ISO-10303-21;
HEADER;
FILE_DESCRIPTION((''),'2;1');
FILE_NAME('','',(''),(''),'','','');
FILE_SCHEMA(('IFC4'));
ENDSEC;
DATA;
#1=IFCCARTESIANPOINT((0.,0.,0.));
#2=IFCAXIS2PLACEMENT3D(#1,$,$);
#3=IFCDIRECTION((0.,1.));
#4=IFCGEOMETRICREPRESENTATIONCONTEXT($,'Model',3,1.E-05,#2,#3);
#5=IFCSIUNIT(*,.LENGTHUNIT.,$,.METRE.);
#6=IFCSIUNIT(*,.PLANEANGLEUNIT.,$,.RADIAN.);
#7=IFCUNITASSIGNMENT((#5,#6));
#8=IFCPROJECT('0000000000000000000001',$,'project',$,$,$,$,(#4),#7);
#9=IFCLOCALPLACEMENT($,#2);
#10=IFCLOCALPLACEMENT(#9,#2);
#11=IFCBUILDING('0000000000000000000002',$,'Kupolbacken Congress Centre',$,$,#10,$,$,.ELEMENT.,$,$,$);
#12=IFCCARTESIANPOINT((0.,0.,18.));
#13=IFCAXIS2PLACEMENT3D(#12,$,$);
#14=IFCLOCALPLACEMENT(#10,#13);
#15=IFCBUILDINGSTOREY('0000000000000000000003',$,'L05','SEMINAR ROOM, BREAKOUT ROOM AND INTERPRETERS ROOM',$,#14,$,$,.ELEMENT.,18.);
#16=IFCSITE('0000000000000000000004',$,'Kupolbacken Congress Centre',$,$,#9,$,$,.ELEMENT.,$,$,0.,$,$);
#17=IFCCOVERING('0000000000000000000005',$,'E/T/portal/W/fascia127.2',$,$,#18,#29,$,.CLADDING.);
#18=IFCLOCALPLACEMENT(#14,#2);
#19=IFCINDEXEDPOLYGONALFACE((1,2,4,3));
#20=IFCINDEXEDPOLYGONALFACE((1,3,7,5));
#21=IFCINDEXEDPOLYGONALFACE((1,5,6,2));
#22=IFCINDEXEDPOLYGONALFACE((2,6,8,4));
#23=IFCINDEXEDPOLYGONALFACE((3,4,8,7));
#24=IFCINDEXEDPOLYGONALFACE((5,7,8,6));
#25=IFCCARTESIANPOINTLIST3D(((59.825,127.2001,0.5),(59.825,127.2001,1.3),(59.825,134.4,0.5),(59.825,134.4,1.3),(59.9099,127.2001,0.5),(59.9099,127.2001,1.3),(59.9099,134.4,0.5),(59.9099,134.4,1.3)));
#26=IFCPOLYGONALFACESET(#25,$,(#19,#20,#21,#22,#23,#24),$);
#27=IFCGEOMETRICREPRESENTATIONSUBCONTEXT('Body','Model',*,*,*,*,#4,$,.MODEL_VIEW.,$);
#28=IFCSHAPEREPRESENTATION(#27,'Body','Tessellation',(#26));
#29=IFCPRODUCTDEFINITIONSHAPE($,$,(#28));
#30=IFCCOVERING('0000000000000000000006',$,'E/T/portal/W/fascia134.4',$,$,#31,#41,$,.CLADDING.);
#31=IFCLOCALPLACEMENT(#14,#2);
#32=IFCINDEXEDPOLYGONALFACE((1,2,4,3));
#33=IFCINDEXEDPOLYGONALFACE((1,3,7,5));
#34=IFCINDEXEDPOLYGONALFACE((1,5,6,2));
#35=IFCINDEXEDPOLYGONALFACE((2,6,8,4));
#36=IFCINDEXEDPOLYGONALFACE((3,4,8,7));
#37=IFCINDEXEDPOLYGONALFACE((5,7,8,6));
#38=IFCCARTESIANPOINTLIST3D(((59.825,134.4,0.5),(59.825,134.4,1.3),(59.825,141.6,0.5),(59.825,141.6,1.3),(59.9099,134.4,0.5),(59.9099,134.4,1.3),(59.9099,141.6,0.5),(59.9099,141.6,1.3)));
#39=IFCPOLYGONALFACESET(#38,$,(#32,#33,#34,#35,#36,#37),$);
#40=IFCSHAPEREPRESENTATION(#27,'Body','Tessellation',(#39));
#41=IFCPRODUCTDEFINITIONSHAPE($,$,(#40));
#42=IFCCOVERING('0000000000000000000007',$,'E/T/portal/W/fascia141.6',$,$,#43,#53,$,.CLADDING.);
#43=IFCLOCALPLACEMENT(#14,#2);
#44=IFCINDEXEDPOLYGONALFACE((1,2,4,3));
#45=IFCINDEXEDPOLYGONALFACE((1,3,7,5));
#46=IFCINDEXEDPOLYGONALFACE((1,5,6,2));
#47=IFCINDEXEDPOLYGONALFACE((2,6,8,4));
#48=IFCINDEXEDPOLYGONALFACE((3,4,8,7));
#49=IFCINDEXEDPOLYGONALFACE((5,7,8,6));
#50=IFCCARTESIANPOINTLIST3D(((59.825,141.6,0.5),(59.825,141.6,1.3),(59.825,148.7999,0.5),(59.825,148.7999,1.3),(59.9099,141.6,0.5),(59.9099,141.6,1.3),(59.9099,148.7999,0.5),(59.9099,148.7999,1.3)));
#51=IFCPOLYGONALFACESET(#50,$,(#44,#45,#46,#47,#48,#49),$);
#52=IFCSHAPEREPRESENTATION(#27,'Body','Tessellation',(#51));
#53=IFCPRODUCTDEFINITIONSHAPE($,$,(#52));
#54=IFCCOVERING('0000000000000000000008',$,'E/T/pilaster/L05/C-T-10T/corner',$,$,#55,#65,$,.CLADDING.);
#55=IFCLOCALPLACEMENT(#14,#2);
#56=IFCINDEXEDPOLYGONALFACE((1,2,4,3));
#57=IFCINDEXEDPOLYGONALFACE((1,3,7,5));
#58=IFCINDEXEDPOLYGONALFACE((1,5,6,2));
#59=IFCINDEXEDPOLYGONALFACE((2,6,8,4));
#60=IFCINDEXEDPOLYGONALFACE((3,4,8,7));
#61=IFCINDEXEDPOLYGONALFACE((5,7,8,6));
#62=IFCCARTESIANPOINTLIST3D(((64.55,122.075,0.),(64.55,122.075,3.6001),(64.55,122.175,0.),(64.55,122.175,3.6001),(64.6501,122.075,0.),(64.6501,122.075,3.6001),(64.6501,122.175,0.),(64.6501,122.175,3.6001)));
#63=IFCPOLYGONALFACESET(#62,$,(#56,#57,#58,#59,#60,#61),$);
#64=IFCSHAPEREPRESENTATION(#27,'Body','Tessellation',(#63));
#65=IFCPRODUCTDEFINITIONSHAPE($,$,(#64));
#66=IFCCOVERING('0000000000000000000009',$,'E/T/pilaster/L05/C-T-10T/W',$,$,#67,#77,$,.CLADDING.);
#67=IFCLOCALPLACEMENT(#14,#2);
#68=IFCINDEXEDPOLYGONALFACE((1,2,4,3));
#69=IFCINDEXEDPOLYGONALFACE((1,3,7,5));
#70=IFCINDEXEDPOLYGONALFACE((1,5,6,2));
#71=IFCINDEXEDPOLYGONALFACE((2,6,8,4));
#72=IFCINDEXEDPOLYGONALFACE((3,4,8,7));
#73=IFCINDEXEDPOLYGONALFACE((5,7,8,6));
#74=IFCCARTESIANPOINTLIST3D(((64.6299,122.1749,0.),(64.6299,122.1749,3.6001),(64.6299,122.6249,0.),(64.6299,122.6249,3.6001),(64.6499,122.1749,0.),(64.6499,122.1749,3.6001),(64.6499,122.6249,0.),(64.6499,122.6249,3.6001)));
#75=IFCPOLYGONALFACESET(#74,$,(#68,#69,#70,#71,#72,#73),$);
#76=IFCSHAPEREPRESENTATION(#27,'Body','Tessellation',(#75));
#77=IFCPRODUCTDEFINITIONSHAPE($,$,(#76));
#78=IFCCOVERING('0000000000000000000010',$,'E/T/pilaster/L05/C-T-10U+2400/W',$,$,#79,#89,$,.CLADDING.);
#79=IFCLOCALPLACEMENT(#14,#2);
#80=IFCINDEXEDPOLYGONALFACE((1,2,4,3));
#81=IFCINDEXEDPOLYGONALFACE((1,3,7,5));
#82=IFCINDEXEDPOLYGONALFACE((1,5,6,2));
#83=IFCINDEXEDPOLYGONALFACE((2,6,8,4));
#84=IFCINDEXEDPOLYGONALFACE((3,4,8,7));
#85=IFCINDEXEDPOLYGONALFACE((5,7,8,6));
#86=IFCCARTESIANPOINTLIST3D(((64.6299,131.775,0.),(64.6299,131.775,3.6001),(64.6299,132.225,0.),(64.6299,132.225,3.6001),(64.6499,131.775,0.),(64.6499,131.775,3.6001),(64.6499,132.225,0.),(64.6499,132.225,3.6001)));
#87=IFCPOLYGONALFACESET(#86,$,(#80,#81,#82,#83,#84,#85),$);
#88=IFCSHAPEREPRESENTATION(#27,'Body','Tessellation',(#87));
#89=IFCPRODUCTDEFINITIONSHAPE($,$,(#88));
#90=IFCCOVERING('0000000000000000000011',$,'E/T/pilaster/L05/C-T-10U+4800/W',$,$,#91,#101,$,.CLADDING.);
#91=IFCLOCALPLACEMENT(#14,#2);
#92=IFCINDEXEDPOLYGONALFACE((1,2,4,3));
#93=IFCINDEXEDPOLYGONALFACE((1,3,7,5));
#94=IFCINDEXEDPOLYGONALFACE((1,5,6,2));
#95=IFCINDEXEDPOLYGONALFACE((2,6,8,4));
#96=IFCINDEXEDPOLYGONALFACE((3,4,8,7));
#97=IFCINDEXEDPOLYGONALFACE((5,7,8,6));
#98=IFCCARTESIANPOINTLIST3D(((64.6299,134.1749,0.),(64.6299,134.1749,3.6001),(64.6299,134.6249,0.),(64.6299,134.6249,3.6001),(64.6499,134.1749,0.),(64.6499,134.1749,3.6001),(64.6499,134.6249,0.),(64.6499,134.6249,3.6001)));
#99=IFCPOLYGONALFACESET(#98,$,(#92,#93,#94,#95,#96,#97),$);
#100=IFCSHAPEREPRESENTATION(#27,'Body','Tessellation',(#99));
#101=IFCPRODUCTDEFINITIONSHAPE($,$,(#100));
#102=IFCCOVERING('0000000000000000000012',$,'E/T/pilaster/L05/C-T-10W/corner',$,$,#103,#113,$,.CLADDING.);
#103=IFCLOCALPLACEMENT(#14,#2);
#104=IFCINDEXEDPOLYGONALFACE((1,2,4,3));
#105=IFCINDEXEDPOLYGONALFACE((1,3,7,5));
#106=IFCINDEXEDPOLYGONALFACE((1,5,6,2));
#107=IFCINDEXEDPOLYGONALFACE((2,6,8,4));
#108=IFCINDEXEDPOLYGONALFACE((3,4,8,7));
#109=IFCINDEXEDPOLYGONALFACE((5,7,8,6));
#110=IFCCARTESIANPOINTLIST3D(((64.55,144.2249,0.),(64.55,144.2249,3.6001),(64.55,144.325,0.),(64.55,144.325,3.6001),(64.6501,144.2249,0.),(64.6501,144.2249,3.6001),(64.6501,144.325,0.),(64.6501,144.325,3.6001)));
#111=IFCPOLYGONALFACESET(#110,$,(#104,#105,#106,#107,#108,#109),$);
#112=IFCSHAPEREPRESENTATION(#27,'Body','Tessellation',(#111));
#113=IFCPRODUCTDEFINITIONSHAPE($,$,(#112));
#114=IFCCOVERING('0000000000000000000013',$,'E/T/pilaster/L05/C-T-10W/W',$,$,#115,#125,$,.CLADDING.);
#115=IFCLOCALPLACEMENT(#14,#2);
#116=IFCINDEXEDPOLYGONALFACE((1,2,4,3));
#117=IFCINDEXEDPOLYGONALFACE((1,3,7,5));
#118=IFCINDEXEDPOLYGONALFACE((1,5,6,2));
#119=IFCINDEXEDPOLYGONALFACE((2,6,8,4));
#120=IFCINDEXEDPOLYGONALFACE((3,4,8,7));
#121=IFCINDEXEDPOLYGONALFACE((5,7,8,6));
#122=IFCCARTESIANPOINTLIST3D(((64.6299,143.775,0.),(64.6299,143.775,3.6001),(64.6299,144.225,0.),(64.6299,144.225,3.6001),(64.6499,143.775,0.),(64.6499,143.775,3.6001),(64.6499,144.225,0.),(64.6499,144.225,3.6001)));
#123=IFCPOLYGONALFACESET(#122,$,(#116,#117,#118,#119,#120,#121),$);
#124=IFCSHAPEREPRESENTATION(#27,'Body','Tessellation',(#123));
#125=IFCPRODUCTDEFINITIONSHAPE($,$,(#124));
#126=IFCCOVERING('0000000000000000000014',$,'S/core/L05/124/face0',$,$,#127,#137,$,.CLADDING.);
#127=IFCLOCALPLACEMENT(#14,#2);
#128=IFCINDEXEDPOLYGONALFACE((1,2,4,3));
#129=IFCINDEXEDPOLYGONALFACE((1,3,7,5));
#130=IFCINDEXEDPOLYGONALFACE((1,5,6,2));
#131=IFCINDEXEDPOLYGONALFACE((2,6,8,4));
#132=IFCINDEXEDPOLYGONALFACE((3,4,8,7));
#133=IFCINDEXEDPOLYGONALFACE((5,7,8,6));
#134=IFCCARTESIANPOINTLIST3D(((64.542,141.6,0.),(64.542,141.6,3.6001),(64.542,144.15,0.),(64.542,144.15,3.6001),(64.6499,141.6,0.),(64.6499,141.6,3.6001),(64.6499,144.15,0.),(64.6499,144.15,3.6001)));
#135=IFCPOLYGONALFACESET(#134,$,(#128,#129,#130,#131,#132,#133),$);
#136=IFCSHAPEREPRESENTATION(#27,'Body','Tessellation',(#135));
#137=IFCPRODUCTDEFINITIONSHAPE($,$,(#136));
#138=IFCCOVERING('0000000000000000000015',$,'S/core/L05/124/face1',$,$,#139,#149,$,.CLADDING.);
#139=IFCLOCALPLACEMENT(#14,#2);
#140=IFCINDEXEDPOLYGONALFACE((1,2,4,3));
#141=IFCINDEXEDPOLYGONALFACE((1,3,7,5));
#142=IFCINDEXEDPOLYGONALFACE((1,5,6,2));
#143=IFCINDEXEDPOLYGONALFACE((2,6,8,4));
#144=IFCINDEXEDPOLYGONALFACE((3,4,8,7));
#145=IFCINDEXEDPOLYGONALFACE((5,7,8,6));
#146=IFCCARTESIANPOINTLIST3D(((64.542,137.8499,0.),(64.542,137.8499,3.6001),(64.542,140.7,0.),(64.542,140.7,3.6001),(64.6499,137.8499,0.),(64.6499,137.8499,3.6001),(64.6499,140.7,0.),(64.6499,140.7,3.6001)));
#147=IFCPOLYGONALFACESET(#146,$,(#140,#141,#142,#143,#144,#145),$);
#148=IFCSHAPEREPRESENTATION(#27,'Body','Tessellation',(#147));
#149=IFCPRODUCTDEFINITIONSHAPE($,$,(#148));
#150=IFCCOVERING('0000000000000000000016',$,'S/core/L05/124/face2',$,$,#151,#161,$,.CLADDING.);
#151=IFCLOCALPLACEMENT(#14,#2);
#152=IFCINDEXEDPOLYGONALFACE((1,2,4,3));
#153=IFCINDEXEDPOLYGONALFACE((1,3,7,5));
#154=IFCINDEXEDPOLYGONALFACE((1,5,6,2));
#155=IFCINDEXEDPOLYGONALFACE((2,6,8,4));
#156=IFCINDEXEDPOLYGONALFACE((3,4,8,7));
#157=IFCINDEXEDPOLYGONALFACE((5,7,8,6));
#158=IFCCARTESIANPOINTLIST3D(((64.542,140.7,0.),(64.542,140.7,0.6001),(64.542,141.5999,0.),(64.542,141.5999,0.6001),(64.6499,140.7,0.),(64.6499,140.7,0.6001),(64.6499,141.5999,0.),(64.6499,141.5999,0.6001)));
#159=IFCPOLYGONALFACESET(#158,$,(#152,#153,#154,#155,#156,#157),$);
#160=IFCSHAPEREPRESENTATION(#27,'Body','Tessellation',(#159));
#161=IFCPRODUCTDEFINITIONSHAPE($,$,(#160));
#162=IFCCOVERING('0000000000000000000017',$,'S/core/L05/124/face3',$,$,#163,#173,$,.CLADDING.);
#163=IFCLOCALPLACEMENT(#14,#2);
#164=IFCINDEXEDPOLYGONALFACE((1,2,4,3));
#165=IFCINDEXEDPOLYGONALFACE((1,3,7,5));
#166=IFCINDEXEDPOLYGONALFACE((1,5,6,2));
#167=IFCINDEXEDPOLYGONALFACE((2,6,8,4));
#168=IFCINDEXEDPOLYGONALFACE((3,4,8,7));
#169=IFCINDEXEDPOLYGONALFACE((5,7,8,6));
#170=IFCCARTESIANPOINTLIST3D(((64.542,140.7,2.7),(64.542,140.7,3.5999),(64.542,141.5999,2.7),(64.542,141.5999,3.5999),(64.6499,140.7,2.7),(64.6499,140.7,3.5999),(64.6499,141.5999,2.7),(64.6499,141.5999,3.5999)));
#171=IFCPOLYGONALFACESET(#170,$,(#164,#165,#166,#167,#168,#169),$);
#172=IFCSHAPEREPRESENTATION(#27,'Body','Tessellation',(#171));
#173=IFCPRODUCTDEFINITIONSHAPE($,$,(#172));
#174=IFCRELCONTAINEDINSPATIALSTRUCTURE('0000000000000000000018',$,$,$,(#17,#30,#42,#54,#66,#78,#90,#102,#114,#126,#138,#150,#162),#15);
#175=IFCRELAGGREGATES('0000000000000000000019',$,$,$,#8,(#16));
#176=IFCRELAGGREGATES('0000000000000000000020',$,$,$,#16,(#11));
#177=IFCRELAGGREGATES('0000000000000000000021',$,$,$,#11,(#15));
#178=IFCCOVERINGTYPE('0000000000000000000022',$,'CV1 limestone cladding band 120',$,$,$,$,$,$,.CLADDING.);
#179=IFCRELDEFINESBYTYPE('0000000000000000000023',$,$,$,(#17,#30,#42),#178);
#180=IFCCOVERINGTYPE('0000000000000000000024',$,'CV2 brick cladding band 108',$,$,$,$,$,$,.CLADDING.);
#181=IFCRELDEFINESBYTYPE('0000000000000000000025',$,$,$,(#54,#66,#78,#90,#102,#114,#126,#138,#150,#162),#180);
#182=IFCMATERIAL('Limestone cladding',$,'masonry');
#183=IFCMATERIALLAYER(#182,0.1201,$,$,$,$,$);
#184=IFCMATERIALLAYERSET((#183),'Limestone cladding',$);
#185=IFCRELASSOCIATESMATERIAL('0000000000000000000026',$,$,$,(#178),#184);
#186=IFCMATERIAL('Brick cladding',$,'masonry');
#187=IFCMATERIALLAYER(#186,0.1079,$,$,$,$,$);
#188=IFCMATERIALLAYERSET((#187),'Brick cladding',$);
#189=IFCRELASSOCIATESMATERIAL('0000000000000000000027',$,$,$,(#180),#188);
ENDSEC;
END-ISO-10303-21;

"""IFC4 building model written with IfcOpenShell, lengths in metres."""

from ifc_helpers import new_model, si_unit, direction, frame, origin, origin_2d, place, context, subcontext, project, spatial, rectangle, extrude, material, layer, layer_set, type_object, element, save


model = new_model("IFC4")

# Units and contexts
model_context = context("Model", 3, precision=1e-05, world=origin(), true_north=direction((0.0, 1.0)))
body_context = subcontext(model_context, "Body", "Model", "MODEL_VIEW")
ifc_project = project(units=[si_unit("LENGTHUNIT", "METRE"), si_unit("PLANEANGLEUNIT", "RADIAN")], contexts=[model_context])

# Site, building, storey
site_placement = place(None, origin())
site = spatial("IfcSite", under=ifc_project, at=site_placement, Name="Kupolbacken Congress Centre", CompositionType="ELEMENT", RefElevation=0.0)
building_placement = place(site_placement, origin())
building = spatial("IfcBuilding", under=site, at=building_placement, Name="Kupolbacken Congress Centre", CompositionType="ELEMENT")
storey_placement = place(building_placement, frame((0.0, 0.0, 18.0)))
storey = spatial("IfcBuildingStorey", under=building, at=storey_placement, Name="L05", Description="SEMINAR ROOM, BREAKOUT ROOM AND INTERPRETERS ROOM", CompositionType="ELEMENT", Elevation=18.0)

# Coverings
ifc_material_1 = material(Name="Limestone cladding", Category="masonry")
ifc_layer_1 = layer(ifc_material_1, 0.1201)
ifc_layer_set_1 = layer_set([ifc_layer_1], Name="Limestone cladding")
covering_type_1 = type_object("IfcCoveringType", Name="CV1 limestone cladding band 120", PredefinedType="CLADDING", material=ifc_layer_set_1)
for number, where, z_axis, x_axis, name in (
    (1, (59.8674, 130.8, 0.5), (0.0, 0.0, 1.0), (1.0, 0.0, 0.0), "E/T/portal/W/fascia127.2"),
    (2, (59.8674, 138.0, 0.5), (0.0, 0.0, 1.0), (1.0, 0.0, 0.0), "E/T/portal/W/fascia134.4"),
    (3, (59.8674, 145.2, 0.5), (0.0, 0.0, 1.0), (1.0, 0.0, 0.0), "E/T/portal/W/fascia141.6"),
):
    element("IfcCovering", number, at=place(storey_placement, frame(where, z_axis=z_axis, x_axis=x_axis)), inside=storey, type_object=covering_type_1, Name=name, PredefinedType="CLADDING", context=body_context, shape_type="SweptSolid", body=[
        extrude(rectangle(XDim=0.085, YDim=7.2, at=origin_2d()), origin(), (0.0, 0.0, 1.0), 0.8),
    ])
ifc_material_2 = material(Name="Brick cladding", Category="masonry")
ifc_layer_2 = layer(ifc_material_2, 0.1079)
ifc_layer_set_2 = layer_set([ifc_layer_2], Name="Brick cladding")
covering_type_2 = type_object("IfcCoveringType", Name="CV2 brick cladding band 108", PredefinedType="CLADDING", material=ifc_layer_set_2)
covering_1_placement = place(storey_placement, frame((64.6001, 122.125, 0.0), z_axis=(0.0, 0.0, 1.0), x_axis=(1.0, 0.0, 0.0)))
element("IfcCovering", 4, at=covering_1_placement, inside=storey, type_object=covering_type_2, Name="E/T/pilaster/L05/C-T-10T/corner", PredefinedType="CLADDING", context=body_context, shape_type="SweptSolid", body=[
    extrude(rectangle(XDim=0.1001, YDim=0.1001, at=origin_2d()), origin(), (0.0, 0.0, 1.0), 3.6001),
])
for number, where, z_axis, x_axis, name in (
    (5, (64.6399, 122.3999, 0.0), (0.0, 0.0, 1.0), (1.0, 0.0, 0.0), "E/T/pilaster/L05/C-T-10T/W"),
    (6, (64.6399, 132.0, 0.0), (0.0, 0.0, 1.0), (1.0, 0.0, 0.0), "E/T/pilaster/L05/C-T-10U+2400/W"),
    (7, (64.6399, 134.3999, 0.0), (0.0, 0.0, 1.0), (1.0, 0.0, 0.0), "E/T/pilaster/L05/C-T-10U+4800/W"),
):
    element("IfcCovering", number, at=place(storey_placement, frame(where, z_axis=z_axis, x_axis=x_axis)), inside=storey, type_object=covering_type_2, Name=name, PredefinedType="CLADDING", context=body_context, shape_type="SweptSolid", body=[
        extrude(rectangle(XDim=0.02, YDim=0.45, at=origin_2d()), origin(), (0.0, 0.0, 1.0), 3.6001),
    ])
covering_2_placement = place(storey_placement, frame((64.6001, 144.2749, 0.0), z_axis=(0.0, 0.0, 1.0), x_axis=(1.0, 0.0, 0.0)))
element("IfcCovering", 8, at=covering_2_placement, inside=storey, type_object=covering_type_2, Name="E/T/pilaster/L05/C-T-10W/corner", PredefinedType="CLADDING", context=body_context, shape_type="SweptSolid", body=[
    extrude(rectangle(XDim=0.1001, YDim=0.1001, at=origin_2d()), origin(), (0.0, 0.0, 1.0), 3.6001),
])
covering_3_placement = place(storey_placement, frame((64.6399, 144.0, 0.0), z_axis=(0.0, 0.0, 1.0), x_axis=(1.0, 0.0, 0.0)))
element("IfcCovering", 9, at=covering_3_placement, inside=storey, type_object=covering_type_2, Name="E/T/pilaster/L05/C-T-10W/W", PredefinedType="CLADDING", context=body_context, shape_type="SweptSolid", body=[
    extrude(rectangle(XDim=0.02, YDim=0.45, at=origin_2d()), origin(), (0.0, 0.0, 1.0), 3.6001),
])
covering_4_placement = place(storey_placement, frame((64.5959, 142.875, 0.0), z_axis=(0.0, 0.0, 1.0), x_axis=(0.0, -1.0, 0.0)))
element("IfcCovering", 10, at=covering_4_placement, inside=storey, type_object=covering_type_2, Name="S/core/L05/124/face0", PredefinedType="CLADDING", context=body_context, shape_type="SweptSolid", body=[
    extrude(rectangle(XDim=2.55, YDim=0.1079, at=origin_2d()), origin(), (0.0, 0.0, 1.0), 3.6001),
])
covering_5_placement = place(storey_placement, frame((64.5959, 139.2749, 0.0), z_axis=(0.0, 0.0, 1.0), x_axis=(0.0, -1.0, 0.0)))
element("IfcCovering", 11, at=covering_5_placement, inside=storey, type_object=covering_type_2, Name="S/core/L05/124/face1", PredefinedType="CLADDING", context=body_context, shape_type="SweptSolid", body=[
    extrude(rectangle(XDim=2.8501, YDim=0.1079, at=origin_2d()), origin(), (0.0, 0.0, 1.0), 3.6001),
])
covering_6_placement = place(storey_placement, frame((64.5959, 141.1499, 0.0), z_axis=(0.0, 0.0, 1.0), x_axis=(0.0, -1.0, 0.0)))
element("IfcCovering", 12, at=covering_6_placement, inside=storey, type_object=covering_type_2, Name="S/core/L05/124/face2", PredefinedType="CLADDING", context=body_context, shape_type="SweptSolid", body=[
    extrude(rectangle(XDim=0.8999, YDim=0.1079, at=origin_2d()), origin(), (0.0, 0.0, 1.0), 0.6001),
])
covering_7_placement = place(storey_placement, frame((64.5959, 141.1499, 2.7), z_axis=(0.0, 0.0, 1.0), x_axis=(0.0, -1.0, 0.0)))
element("IfcCovering", 13, at=covering_7_placement, inside=storey, type_object=covering_type_2, Name="S/core/L05/124/face3", PredefinedType="CLADDING", context=body_context, shape_type="SweptSolid", body=[
    extrude(rectangle(XDim=0.8999, YDim=0.1079, at=origin_2d()), origin(), (0.0, 0.0, 1.0), 0.8999),
])

save(model, "model.ifc")
